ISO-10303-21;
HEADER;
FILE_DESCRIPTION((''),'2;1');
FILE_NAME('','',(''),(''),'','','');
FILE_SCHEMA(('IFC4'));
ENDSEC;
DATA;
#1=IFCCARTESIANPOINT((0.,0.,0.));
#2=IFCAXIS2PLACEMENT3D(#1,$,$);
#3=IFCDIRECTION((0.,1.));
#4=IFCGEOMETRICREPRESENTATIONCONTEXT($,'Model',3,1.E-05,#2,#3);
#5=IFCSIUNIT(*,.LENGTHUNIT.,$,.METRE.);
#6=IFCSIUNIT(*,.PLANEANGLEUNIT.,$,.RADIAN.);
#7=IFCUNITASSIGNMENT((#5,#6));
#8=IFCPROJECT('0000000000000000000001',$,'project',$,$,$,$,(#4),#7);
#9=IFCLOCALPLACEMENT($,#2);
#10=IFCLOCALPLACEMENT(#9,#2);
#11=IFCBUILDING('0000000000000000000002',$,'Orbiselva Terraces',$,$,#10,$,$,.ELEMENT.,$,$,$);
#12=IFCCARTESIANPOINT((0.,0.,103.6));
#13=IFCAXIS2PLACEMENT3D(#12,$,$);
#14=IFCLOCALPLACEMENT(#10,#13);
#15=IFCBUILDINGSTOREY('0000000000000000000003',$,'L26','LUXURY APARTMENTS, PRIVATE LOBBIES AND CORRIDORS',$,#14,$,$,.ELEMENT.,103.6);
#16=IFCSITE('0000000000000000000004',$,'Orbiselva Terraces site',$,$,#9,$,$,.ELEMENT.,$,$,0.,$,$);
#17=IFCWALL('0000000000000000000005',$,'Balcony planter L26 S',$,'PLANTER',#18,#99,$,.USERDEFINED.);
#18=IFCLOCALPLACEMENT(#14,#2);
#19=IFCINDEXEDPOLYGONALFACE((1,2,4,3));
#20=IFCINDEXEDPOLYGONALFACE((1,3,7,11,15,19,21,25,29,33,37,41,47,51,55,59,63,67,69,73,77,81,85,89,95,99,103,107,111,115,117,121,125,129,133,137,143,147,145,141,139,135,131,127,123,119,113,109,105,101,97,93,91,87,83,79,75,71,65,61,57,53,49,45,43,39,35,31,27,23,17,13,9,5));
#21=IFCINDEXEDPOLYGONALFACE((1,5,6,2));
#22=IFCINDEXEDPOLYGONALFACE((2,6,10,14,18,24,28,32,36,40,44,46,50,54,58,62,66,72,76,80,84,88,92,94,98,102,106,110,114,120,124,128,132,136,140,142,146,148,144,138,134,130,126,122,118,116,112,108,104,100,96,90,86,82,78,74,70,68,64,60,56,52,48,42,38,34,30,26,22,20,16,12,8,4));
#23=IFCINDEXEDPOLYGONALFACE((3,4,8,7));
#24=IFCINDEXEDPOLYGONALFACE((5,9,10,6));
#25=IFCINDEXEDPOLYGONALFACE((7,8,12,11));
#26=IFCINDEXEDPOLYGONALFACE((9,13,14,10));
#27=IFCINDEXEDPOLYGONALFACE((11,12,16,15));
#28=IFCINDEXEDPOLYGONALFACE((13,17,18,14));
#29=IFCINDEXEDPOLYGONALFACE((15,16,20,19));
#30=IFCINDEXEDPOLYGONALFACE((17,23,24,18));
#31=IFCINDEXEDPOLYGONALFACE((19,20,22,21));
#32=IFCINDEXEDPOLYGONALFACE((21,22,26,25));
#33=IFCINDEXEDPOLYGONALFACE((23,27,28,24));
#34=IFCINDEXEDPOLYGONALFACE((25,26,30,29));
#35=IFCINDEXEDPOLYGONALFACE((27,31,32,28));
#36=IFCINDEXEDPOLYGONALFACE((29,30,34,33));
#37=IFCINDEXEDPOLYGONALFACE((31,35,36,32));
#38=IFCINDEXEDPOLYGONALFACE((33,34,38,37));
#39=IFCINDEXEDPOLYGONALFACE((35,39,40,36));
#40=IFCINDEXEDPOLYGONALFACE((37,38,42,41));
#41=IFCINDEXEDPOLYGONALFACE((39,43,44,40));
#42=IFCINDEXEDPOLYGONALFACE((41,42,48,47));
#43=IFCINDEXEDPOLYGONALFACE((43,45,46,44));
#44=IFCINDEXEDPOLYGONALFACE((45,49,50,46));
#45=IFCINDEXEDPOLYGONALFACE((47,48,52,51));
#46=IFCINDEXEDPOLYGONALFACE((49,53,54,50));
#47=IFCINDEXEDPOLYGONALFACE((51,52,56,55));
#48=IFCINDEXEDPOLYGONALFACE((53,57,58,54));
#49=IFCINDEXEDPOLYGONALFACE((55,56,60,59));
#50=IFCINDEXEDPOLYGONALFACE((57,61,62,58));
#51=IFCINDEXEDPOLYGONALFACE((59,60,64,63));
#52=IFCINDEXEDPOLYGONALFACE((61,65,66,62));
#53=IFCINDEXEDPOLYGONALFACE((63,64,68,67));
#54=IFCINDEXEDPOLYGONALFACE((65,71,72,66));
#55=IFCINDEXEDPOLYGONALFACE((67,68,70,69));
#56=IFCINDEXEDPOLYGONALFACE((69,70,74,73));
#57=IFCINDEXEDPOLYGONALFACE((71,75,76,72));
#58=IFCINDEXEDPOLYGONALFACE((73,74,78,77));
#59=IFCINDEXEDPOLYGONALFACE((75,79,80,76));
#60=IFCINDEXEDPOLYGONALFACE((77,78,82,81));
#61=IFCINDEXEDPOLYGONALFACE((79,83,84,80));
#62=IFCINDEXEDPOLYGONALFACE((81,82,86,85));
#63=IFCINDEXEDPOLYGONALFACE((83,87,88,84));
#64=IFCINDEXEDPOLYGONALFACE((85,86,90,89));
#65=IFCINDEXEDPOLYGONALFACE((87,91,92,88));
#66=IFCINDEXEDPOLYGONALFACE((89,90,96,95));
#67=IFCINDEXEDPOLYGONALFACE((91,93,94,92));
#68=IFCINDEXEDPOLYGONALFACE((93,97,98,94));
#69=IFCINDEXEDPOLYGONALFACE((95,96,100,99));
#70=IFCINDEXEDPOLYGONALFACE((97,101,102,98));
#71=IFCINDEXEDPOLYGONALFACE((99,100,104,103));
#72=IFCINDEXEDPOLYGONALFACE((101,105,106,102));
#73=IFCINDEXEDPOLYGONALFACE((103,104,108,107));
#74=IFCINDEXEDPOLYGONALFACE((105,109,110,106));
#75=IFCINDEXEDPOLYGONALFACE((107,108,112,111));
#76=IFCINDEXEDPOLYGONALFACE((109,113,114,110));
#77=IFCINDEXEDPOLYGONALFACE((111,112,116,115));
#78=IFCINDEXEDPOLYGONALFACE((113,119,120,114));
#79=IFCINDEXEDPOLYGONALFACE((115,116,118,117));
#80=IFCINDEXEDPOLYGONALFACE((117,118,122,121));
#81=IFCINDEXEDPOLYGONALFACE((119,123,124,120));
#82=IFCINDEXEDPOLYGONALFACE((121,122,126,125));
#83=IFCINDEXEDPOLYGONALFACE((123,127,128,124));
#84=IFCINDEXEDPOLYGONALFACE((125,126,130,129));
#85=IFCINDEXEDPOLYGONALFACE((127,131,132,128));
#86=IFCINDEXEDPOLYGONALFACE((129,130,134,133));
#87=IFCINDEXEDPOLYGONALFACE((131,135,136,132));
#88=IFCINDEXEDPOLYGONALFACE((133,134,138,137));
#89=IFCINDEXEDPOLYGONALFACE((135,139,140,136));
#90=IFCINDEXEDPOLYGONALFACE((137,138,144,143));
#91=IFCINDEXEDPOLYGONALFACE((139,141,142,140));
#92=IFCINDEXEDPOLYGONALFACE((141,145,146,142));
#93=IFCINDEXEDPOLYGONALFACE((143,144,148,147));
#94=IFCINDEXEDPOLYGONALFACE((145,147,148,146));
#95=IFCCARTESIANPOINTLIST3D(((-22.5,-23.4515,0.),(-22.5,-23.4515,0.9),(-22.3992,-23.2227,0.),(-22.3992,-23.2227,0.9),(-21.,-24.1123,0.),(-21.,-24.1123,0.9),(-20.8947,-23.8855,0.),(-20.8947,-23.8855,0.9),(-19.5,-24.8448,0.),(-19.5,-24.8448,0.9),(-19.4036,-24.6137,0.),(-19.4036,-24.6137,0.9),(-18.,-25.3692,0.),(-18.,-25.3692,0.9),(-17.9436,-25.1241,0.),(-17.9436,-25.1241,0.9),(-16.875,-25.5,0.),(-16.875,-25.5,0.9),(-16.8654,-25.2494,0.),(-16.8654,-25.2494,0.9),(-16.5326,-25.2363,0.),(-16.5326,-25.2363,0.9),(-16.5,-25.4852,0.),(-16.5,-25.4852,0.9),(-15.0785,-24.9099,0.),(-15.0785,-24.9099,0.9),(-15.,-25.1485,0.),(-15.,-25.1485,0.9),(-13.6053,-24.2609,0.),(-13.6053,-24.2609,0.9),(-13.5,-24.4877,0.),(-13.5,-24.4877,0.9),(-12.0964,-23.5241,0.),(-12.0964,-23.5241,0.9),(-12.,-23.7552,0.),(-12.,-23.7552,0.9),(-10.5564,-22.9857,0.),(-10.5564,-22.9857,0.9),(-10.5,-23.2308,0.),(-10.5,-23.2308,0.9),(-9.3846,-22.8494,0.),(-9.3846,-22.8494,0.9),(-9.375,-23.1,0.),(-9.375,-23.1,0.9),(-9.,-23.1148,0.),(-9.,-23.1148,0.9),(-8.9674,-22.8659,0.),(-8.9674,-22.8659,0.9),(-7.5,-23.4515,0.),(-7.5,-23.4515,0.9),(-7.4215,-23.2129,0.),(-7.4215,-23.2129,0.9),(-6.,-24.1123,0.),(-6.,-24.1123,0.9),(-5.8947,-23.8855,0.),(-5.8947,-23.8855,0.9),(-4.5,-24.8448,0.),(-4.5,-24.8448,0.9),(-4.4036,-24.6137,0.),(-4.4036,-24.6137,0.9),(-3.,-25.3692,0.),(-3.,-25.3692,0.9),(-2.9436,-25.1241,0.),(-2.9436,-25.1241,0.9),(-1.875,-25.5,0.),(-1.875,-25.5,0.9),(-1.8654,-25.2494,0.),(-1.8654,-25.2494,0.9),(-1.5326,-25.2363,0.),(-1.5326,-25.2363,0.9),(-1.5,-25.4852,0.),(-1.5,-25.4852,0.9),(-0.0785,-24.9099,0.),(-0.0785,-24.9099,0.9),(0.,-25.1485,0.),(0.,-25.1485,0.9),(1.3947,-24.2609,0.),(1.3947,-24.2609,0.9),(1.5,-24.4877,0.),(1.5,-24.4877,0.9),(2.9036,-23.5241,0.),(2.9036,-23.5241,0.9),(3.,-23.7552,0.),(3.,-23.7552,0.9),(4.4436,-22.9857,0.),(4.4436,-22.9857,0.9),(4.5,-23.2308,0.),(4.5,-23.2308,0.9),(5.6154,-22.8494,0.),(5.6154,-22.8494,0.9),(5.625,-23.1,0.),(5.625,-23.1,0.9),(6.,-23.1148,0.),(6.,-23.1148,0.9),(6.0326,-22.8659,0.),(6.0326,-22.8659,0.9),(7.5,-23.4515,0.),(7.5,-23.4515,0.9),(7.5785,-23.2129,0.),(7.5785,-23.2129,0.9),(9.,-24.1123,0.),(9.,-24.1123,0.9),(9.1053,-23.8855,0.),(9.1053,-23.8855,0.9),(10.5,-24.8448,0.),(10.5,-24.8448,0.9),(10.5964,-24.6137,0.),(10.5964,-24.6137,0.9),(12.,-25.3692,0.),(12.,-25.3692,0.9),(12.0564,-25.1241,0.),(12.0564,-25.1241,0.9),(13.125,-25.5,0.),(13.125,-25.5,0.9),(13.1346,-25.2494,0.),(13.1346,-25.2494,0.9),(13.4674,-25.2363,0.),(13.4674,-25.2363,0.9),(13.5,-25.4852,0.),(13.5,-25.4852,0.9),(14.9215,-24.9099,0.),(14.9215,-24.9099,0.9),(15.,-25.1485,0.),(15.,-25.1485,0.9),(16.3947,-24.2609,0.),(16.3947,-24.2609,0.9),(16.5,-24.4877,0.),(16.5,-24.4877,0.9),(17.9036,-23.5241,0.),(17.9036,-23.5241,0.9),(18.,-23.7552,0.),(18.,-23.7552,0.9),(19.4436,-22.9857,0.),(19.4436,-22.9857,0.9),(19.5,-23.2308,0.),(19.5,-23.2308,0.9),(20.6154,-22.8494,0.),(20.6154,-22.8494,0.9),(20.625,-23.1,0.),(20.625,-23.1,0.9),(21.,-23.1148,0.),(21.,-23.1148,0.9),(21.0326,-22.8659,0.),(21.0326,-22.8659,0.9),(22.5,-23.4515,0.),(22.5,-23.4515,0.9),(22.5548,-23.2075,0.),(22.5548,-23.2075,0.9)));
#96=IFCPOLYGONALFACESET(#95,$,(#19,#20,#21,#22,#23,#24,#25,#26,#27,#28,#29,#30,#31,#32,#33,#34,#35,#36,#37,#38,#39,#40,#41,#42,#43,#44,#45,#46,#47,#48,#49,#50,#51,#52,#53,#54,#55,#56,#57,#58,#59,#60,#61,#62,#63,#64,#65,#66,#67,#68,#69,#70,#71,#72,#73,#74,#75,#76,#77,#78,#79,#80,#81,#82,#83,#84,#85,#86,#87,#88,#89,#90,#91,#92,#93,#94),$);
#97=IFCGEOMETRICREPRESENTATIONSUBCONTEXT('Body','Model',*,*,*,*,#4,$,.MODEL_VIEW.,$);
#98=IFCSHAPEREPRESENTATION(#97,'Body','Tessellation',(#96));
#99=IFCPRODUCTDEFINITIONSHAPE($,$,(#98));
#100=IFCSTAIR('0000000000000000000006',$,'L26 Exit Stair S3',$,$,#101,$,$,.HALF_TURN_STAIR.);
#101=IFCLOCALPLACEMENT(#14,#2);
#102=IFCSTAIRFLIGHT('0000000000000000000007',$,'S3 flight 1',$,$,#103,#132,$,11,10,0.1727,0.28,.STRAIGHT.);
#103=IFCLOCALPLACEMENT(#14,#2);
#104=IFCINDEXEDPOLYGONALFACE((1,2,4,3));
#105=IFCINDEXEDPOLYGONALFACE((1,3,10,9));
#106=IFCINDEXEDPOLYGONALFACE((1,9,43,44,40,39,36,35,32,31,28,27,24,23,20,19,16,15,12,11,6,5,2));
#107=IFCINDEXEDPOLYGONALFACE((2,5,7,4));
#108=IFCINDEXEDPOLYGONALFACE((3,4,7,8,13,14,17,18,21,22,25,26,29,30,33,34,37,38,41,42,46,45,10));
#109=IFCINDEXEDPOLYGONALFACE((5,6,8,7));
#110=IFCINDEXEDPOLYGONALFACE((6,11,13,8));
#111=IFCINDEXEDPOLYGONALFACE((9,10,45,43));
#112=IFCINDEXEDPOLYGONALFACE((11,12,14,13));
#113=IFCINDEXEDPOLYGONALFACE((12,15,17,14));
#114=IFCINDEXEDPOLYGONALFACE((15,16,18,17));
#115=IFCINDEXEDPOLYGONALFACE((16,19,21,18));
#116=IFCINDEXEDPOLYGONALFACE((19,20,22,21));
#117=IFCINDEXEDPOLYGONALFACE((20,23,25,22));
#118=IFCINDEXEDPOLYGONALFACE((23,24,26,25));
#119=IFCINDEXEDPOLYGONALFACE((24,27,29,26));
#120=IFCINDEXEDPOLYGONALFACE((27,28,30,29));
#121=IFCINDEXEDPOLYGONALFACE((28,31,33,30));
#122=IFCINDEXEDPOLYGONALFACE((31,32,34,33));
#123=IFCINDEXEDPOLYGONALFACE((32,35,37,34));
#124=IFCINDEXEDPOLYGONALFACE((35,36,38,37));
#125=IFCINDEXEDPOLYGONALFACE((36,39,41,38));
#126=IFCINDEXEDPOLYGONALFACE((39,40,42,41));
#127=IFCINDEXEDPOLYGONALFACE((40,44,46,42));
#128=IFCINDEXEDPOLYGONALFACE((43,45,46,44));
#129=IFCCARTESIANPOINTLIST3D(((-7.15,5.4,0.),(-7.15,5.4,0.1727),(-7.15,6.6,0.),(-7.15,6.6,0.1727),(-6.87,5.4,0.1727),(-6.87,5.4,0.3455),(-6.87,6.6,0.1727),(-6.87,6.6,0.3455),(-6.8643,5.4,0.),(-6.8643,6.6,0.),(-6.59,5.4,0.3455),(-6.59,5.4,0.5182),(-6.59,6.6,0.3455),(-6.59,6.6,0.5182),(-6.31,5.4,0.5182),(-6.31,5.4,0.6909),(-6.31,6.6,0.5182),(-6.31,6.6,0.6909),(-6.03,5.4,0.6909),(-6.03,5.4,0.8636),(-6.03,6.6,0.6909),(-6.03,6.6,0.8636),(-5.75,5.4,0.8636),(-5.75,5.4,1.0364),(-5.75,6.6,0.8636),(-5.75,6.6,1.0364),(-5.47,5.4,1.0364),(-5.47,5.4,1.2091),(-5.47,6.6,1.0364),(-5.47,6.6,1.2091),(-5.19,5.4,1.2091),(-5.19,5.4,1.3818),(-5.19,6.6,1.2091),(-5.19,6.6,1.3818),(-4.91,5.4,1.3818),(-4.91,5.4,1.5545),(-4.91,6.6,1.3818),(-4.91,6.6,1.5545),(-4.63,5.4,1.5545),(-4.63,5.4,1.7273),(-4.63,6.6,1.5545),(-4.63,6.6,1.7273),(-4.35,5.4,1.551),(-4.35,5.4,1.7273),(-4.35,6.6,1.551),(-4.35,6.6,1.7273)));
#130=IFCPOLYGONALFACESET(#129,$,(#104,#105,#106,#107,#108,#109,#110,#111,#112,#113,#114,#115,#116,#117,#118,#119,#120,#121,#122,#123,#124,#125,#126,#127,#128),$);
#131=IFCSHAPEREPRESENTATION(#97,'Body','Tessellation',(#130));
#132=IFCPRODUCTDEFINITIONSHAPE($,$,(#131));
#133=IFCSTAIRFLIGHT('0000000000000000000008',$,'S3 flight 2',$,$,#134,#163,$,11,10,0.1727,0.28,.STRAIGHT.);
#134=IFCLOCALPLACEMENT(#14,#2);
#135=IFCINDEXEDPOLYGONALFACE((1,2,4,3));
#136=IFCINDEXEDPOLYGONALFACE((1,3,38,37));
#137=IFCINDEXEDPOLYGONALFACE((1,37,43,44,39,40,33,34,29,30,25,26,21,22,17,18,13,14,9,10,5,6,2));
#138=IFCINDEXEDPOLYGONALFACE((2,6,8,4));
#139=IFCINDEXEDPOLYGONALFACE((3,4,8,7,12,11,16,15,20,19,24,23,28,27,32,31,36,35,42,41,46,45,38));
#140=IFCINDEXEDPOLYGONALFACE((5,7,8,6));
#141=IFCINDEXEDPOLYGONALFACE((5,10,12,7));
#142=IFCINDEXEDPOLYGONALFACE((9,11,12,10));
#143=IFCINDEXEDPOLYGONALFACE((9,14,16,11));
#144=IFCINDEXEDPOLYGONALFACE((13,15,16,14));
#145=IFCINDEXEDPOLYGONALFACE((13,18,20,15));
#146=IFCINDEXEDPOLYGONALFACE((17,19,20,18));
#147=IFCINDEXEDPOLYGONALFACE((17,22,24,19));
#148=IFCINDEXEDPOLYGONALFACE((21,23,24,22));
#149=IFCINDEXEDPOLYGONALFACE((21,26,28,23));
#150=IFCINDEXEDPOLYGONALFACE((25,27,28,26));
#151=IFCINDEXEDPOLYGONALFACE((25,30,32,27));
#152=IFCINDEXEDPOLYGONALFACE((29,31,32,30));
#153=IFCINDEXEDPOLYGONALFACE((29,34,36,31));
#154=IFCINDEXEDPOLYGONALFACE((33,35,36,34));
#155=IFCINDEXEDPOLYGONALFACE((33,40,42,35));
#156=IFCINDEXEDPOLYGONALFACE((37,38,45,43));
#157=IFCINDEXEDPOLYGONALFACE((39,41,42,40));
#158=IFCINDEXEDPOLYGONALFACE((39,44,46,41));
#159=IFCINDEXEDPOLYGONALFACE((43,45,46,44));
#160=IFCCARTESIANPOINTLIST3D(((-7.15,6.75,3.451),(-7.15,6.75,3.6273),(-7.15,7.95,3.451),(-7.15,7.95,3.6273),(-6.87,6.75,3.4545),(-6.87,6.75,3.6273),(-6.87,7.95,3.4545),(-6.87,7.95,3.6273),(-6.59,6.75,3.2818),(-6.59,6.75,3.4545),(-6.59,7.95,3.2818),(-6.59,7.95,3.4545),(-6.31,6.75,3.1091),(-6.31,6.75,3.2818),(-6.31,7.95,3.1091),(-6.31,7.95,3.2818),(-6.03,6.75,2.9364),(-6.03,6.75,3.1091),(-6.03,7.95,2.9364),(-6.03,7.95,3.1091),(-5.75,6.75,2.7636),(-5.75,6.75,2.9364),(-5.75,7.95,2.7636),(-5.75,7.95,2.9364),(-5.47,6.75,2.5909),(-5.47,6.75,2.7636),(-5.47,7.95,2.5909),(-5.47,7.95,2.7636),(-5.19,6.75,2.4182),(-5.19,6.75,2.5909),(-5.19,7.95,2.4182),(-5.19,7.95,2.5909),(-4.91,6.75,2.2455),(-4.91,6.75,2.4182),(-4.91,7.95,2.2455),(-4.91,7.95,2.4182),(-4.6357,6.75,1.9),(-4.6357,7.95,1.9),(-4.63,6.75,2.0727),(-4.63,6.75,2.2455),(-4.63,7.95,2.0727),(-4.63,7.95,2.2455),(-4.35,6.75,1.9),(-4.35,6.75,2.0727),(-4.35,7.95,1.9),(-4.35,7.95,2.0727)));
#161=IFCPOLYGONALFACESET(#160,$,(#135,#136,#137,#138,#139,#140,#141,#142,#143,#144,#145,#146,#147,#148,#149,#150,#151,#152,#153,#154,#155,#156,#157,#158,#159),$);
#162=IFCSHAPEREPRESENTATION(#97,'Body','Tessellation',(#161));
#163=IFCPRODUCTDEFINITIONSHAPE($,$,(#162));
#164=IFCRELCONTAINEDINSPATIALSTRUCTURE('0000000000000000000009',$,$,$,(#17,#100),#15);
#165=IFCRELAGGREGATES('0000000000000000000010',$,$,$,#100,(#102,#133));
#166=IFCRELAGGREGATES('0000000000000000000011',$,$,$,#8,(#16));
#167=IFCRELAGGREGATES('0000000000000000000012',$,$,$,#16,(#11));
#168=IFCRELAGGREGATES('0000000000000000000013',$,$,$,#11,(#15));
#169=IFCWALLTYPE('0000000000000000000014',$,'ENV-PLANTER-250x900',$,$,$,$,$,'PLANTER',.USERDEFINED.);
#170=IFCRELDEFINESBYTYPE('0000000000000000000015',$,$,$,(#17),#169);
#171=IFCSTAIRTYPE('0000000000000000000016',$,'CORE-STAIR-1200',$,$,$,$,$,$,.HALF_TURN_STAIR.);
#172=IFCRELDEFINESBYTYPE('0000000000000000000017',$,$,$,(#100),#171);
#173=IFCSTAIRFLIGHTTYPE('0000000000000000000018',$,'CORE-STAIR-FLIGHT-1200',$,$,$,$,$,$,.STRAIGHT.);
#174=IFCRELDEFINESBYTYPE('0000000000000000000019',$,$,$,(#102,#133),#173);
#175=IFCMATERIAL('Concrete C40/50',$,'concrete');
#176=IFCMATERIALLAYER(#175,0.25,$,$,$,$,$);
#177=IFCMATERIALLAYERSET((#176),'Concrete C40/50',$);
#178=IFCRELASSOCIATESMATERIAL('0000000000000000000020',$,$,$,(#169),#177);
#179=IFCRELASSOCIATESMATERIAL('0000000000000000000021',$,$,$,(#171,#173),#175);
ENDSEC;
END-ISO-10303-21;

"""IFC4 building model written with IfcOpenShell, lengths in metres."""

from ifc_helpers import new_model, si_unit, direction, frame, origin, place, context, subcontext, project, spatial, polyline, outline, extrude, material, layer, layer_set, type_object, element, aggregate, save


model = new_model("IFC4")

# Units and contexts
model_context = context("Model", 3, precision=1e-05, world=origin(), true_north=direction((0.0, 1.0)))
body_context = subcontext(model_context, "Body", "Model", "MODEL_VIEW")
ifc_project = project(units=[si_unit("LENGTHUNIT", "METRE"), si_unit("PLANEANGLEUNIT", "RADIAN")], contexts=[model_context])

# Site, building, storey
site_placement = place(None, origin())
site = spatial("IfcSite", under=ifc_project, at=site_placement, Name="Orbiselva Terraces site", CompositionType="ELEMENT", RefElevation=0.0)
building_placement = place(site_placement, origin())
building = spatial("IfcBuilding", under=site, at=building_placement, Name="Orbiselva Terraces", CompositionType="ELEMENT")
storey_placement = place(building_placement, frame((0.0, 0.0, 103.6)))
storey = spatial("IfcBuildingStorey", under=building, at=storey_placement, Name="L26", Description="LUXURY APARTMENTS, PRIVATE LOBBIES AND CORRIDORS", CompositionType="ELEMENT", Elevation=103.6)

# Wall
ifc_material_1 = material(Name="Concrete C40/50", Category="concrete")
ifc_layer_1 = layer(ifc_material_1, 0.25)
ifc_layer_set_1 = layer_set([ifc_layer_1], Name="Concrete C40/50")
wall_type_1 = type_object("IfcWallType", Name="ENV-PLANTER-250x900", ElementType="PLANTER", PredefinedType="USERDEFINED", material=ifc_layer_set_1)
wall_1_placement = place(storey_placement, origin())
element("IfcWall", 1, at=wall_1_placement, inside=storey, type_object=wall_type_1, Name="Balcony planter L26 S", ObjectType="PLANTER", PredefinedType="USERDEFINED", context=body_context, shape_type="SweptSolid", body=[
    extrude(outline(polyline([(-22.5, -23.4515), (-21.0, -24.1123), (-19.5, -24.8448), (-18.0, -25.3692), (-16.875, -25.5), (-16.5, -25.4852), (-15.0, -25.1485), (-13.5, -24.4877), (-12.0, -23.7552), (-10.5, -23.2308), (-9.375, -23.1), (-9.0, -23.1148), (-7.5, -23.4515), (-6.0, -24.1123), (-4.5, -24.8448), (-3.0, -25.3692), (-1.875, -25.5), (-1.5, -25.4852), (0.0, -25.1485), (1.5, -24.4877), (3.0, -23.7552), (4.5, -23.2308), (5.625, -23.1), (6.0, -23.1148), (7.5, -23.4515), (9.0, -24.1123), (10.5, -24.8448), (12.0, -25.3692), (13.125, -25.5), (13.5, -25.4852), (15.0, -25.1485), (16.5, -24.4877), (18.0, -23.7552), (19.5, -23.2308), (20.625, -23.1), (21.0, -23.1148), (22.5, -23.4515), (22.5548, -23.2075), (21.0326, -22.8659), (20.6154, -22.8494), (19.4436, -22.9857), (17.9036, -23.5241), (16.3947, -24.2609), (14.9215, -24.9099), (13.4674, -25.2363), (13.1346, -25.2494), (12.0564, -25.1241), (10.5964, -24.6137), (9.1053, -23.8855), (7.5785, -23.2129), (6.0326, -22.8659), (5.6154, -22.8494), (4.4436, -22.9857), (2.9036, -23.5241), (1.3947, -24.2609), (-0.0785, -24.9099), (-1.5326, -25.2363), (-1.8654, -25.2494), (-2.9436, -25.1241), (-4.4036, -24.6137), (-5.8947, -23.8855), (-7.4215, -23.2129), (-8.9674, -22.8659), (-9.3846, -22.8494), (-10.5564, -22.9857), (-12.0964, -23.5241), (-13.6053, -24.2609), (-15.0785, -24.9099), (-16.5326, -25.2363), (-16.8654, -25.2494), (-17.9436, -25.1241), (-19.4036, -24.6137), (-20.8947, -23.8855), (-22.3992, -23.2227), (-22.5, -23.4515)])), origin(), (0.0, 0.0, 1.0), 0.9),
])

# Stair, stair flights
stair_type = type_object("IfcStairType", Name="CORE-STAIR-1200", PredefinedType="HALF_TURN_STAIR", material=ifc_material_1)
stair_placement = place(storey_placement, origin())
stair = element("IfcStair", 2, at=stair_placement, inside=storey, type_object=stair_type, Name="L26 Exit Stair S3", PredefinedType="HALF_TURN_STAIR")
stair_flight_type = type_object("IfcStairFlightType", Name="CORE-STAIR-FLIGHT-1200", PredefinedType="STRAIGHT", material=ifc_material_1)
stair_flight_1_placement = place(storey_placement, frame((-7.15, 6.0, 0.0), z_axis=(0.0, 0.0, 1.0), x_axis=(1.0, 0.0, 0.0)))
stair_flight_1 = element("IfcStairFlight", 3, at=stair_flight_1_placement, type_object=stair_flight_type, Name="S3 flight 1", NumberOfRisers=11, NumberOfTreads=10, PredefinedType="STRAIGHT", RiserHeight=0.1727, TreadLength=0.28, context=body_context, shape_type="SweptSolid", body=[
    extrude(outline(polyline([(0.0, 0.0), (0.0, 0.1727), (0.28, 0.1727), (0.28, 0.3455), (0.56, 0.3455), (0.56, 0.5182), (0.84, 0.5182), (0.84, 0.6909), (1.12, 0.6909), (1.12, 0.8636), (1.4, 0.8636), (1.4, 1.0364), (1.68, 1.0364), (1.68, 1.2091), (1.96, 1.2091), (1.96, 1.3818), (2.24, 1.3818), (2.24, 1.5545), (2.52, 1.5545), (2.52, 1.7273), (2.8, 1.7273), (2.8, 1.9), (2.8, 1.551), (0.2857, 0.0), (0.0, 0.0)])), frame((0.0, 0.6, 0.0), z_axis=(0.0, -1.0, 0.0), x_axis=(1.0, 0.0, 0.0)), (0.0, 0.0, 1.0), 1.2),
])
stair_flight_2_placement = place(storey_placement, frame((-4.35, 7.35, 1.9), z_axis=(0.0, 0.0, 1.0), x_axis=(-1.0, 0.0, 0.0)))
stair_flight_2 = element("IfcStairFlight", 4, at=stair_flight_2_placement, type_object=stair_flight_type, Name="S3 flight 2", NumberOfRisers=11, NumberOfTreads=10, PredefinedType="STRAIGHT", RiserHeight=0.1727, TreadLength=0.28, context=body_context, shape_type="SweptSolid", body=[
    extrude(outline(polyline([(0.0, 0.0), (0.0, 0.1727), (0.28, 0.1727), (0.28, 0.3455), (0.56, 0.3455), (0.56, 0.5182), (0.84, 0.5182), (0.84, 0.6909), (1.12, 0.6909), (1.12, 0.8636), (1.4, 0.8636), (1.4, 1.0364), (1.68, 1.0364), (1.68, 1.2091), (1.96, 1.2091), (1.96, 1.3818), (2.24, 1.3818), (2.24, 1.5545), (2.52, 1.5545), (2.52, 1.7273), (2.8, 1.7273), (2.8, 1.9), (2.8, 1.551), (0.2857, 0.0), (0.0, 0.0)])), frame((0.0, 0.6, 0.0), z_axis=(0.0, -1.0, 0.0), x_axis=(1.0, 0.0, 0.0)), (0.0, 0.0, 1.0), 1.2),
])
aggregate(stair, [stair_flight_1, stair_flight_2])

save(model, "model.ifc")
